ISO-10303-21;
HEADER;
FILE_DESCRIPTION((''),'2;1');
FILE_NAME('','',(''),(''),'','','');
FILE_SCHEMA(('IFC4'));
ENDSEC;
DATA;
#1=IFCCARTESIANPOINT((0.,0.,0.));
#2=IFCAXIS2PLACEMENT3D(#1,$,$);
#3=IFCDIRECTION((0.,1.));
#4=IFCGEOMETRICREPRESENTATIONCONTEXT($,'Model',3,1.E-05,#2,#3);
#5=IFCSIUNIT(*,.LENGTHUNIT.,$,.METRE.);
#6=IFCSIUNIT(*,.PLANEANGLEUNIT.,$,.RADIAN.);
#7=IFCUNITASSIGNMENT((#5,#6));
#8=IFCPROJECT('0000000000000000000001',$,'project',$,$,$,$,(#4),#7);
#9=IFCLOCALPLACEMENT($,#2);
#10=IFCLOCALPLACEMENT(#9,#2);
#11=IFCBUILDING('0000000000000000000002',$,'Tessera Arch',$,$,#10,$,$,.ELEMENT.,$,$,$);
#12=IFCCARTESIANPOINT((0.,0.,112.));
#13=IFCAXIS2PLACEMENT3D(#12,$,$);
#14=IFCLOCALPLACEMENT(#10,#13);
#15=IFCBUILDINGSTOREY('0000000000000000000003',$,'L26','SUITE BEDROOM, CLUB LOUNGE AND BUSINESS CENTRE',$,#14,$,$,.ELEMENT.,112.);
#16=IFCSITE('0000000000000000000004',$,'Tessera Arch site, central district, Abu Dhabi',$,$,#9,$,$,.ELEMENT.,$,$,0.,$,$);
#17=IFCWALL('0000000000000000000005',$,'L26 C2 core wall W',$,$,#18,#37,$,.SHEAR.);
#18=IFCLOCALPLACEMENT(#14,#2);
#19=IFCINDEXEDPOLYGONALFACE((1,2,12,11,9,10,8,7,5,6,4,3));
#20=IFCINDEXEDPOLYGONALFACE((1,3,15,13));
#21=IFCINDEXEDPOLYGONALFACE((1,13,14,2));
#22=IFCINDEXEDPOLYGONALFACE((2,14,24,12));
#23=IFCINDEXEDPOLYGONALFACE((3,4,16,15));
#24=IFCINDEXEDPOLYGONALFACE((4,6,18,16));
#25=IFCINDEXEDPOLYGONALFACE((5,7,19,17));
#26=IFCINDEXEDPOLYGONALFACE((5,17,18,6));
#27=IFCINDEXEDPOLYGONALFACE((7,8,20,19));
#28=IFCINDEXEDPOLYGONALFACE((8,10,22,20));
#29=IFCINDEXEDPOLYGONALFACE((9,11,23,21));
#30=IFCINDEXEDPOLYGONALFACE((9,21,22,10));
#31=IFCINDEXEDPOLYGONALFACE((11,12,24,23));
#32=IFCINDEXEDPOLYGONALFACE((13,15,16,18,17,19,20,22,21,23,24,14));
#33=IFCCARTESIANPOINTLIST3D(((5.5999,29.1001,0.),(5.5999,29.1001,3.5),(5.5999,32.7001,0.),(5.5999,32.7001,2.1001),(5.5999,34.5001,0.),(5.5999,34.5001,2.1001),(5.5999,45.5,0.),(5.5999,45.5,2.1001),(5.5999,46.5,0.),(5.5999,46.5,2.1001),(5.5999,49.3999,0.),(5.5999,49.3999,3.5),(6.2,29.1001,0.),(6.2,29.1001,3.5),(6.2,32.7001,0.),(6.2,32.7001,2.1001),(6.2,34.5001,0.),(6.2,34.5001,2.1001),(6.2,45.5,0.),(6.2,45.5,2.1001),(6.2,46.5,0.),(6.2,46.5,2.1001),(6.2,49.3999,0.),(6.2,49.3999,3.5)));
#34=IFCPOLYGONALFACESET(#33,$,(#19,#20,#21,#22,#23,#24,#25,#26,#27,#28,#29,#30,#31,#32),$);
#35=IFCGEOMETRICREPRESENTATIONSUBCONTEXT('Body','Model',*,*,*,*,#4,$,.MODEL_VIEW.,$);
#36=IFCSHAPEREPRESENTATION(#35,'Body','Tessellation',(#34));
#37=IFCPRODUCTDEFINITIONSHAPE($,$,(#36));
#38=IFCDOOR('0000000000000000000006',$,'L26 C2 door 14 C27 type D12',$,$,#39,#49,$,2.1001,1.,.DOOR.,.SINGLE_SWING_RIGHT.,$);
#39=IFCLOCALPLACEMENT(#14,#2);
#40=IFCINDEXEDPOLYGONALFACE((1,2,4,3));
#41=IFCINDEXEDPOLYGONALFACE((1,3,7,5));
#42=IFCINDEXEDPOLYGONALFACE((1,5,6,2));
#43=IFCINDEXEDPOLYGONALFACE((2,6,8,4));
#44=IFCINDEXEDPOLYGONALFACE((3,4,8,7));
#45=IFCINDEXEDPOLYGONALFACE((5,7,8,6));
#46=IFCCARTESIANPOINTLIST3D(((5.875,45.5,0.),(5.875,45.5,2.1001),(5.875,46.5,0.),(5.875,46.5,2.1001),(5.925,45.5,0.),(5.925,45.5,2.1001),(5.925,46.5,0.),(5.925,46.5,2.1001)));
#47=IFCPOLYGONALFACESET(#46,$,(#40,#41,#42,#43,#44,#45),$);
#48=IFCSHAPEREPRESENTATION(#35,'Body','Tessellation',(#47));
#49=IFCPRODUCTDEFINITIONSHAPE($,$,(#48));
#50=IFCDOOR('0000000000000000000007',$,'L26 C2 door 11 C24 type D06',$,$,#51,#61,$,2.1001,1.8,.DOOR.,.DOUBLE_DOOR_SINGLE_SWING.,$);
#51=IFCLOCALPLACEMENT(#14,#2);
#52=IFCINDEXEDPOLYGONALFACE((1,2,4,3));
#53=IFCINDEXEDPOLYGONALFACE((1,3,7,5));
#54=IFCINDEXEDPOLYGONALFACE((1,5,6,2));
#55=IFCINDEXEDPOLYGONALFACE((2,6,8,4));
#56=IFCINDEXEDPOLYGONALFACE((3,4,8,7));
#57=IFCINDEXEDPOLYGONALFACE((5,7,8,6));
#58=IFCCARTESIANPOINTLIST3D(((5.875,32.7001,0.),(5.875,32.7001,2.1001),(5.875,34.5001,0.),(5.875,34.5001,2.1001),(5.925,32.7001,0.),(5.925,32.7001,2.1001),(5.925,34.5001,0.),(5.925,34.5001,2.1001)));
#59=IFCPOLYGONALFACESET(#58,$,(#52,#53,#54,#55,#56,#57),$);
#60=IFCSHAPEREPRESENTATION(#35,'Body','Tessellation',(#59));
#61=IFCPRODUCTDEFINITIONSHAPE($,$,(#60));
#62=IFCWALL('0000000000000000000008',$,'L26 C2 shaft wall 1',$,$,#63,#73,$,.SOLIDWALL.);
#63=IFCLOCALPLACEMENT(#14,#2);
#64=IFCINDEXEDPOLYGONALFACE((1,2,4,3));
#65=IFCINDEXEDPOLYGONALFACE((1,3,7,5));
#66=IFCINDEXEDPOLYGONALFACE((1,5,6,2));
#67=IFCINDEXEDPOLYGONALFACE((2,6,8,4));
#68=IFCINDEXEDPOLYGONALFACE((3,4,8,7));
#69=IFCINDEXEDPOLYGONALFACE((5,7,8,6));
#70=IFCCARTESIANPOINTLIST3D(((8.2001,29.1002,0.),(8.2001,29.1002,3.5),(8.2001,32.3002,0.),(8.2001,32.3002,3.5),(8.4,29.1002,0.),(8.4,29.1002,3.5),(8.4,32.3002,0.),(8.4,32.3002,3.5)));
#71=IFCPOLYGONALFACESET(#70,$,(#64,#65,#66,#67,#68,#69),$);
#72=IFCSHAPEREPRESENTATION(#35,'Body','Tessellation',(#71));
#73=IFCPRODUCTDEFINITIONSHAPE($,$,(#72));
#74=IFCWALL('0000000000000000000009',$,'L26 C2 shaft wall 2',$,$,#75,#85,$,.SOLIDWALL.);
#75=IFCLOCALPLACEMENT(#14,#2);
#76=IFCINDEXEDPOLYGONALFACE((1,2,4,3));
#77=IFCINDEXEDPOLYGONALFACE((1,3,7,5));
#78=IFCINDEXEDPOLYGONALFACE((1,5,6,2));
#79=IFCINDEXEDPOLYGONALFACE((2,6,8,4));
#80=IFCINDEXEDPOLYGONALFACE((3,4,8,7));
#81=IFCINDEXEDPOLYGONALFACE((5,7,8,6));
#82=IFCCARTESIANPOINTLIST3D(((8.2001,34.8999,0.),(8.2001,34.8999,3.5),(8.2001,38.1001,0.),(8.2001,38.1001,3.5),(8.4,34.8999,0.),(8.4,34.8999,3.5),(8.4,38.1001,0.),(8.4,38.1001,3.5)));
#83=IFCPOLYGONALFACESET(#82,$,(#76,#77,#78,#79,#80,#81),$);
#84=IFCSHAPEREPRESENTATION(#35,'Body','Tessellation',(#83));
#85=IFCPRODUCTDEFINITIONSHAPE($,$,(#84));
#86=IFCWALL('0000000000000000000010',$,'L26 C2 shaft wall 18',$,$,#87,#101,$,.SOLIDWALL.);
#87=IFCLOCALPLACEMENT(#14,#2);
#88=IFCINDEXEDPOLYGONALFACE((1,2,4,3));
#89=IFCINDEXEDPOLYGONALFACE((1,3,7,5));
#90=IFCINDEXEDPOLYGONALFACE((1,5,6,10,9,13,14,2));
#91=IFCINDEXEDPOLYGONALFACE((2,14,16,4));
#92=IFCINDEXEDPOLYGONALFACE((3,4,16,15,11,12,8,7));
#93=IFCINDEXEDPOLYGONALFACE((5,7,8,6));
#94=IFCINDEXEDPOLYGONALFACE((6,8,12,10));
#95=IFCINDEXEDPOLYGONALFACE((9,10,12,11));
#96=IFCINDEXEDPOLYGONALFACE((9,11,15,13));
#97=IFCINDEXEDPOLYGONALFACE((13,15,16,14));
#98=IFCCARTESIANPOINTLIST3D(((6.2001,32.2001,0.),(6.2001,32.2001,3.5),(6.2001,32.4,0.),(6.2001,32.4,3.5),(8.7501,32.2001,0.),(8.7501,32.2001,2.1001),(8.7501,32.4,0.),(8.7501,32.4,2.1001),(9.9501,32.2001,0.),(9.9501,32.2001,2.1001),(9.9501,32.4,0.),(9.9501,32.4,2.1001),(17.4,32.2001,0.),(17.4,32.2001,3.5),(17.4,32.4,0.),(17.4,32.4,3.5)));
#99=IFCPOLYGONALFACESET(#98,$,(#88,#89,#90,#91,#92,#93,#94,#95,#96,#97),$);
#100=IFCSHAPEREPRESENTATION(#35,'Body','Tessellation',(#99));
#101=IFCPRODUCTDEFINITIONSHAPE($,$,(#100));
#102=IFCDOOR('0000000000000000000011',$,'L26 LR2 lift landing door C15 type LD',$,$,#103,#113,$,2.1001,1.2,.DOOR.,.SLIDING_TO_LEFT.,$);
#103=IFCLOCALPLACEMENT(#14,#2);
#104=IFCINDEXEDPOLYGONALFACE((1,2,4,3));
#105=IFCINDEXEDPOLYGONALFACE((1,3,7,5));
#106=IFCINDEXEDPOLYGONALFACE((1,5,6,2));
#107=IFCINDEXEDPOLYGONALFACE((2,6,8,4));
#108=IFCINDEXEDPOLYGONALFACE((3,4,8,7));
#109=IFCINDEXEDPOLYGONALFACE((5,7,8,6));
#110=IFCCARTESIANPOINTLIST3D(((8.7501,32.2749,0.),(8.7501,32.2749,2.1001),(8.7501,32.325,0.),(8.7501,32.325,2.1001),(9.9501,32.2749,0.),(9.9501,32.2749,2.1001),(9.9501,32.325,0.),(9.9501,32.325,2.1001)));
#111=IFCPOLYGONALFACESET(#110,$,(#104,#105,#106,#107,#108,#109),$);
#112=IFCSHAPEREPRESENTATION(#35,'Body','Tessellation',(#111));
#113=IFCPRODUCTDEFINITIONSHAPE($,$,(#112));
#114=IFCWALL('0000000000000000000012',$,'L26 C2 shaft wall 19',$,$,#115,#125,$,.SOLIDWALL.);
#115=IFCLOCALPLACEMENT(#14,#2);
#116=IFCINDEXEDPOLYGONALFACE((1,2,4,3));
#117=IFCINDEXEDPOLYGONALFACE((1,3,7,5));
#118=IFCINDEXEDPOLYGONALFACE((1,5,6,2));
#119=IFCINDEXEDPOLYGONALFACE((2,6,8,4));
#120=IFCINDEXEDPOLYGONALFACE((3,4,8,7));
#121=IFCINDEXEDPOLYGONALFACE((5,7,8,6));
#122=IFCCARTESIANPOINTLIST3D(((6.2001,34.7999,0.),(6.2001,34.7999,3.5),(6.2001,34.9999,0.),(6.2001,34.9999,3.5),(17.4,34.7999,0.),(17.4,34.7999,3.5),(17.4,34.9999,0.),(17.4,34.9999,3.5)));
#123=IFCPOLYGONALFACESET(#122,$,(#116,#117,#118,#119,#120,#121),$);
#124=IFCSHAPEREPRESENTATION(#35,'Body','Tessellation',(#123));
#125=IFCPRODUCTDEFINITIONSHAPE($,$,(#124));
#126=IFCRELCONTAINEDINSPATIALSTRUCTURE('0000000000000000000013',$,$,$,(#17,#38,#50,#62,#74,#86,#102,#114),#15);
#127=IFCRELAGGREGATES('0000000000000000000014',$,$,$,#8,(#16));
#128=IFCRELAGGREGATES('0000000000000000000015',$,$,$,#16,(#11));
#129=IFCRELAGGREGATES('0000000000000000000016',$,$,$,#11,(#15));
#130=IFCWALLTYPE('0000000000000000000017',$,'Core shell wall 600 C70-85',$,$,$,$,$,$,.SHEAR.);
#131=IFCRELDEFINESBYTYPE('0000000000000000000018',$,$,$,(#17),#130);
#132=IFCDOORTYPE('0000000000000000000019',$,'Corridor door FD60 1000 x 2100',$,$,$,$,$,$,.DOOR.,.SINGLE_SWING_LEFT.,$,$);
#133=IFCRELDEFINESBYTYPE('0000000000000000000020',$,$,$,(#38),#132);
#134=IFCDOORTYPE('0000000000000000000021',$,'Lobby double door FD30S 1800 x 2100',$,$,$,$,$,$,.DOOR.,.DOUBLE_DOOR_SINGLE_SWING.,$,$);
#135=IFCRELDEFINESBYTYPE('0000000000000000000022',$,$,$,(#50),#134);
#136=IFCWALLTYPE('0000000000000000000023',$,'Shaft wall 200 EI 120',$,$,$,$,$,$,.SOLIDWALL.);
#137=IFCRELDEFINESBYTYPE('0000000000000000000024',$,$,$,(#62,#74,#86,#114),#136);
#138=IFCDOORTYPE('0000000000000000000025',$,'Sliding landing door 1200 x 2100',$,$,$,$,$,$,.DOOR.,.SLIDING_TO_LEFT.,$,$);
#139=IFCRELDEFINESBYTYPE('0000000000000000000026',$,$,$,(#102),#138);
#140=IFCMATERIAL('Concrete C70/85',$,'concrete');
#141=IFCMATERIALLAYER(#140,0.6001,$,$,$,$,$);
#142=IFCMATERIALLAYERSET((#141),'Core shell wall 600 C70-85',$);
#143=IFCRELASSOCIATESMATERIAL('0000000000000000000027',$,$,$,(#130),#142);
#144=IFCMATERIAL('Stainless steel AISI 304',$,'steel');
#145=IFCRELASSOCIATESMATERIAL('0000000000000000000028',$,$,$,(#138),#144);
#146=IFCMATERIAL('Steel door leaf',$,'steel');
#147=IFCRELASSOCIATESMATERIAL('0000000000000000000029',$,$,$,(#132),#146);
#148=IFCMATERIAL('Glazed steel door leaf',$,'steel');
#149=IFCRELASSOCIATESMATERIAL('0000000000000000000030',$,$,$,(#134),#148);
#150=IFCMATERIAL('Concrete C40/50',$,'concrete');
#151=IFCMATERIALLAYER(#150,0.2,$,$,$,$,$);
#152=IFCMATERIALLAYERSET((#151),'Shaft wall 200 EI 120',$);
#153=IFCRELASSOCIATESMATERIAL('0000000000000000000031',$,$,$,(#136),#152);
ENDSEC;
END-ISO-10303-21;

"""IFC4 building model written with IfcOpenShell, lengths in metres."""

from ifc_helpers import new_model, si_unit, direction, frame, frame_2d, origin, place, context, subcontext, project, spatial, rectangle, extrude, material, layer, layer_set, type_object, element, fill, save


model = new_model("IFC4")

# Units and contexts
model_context = context("Model", 3, precision=1e-05, world=origin(), true_north=direction((0.0, 1.0)))
body_context = subcontext(model_context, "Body", "Model", "MODEL_VIEW")
ifc_project = project(units=[si_unit("LENGTHUNIT", "METRE"), si_unit("PLANEANGLEUNIT", "RADIAN")], contexts=[model_context])

# Site, building, storey
site_placement = place(None, origin())
site = spatial("IfcSite", under=ifc_project, at=site_placement, Name="Tessera Arch site, central district, Abu Dhabi", CompositionType="ELEMENT", RefElevation=0.0)
building_placement = place(site_placement, origin())
building = spatial("IfcBuilding", under=site, at=building_placement, Name="Tessera Arch", CompositionType="ELEMENT")
storey_placement = place(building_placement, frame((0.0, 0.0, 112.0)))
storey = spatial("IfcBuildingStorey", under=building, at=storey_placement, Name="L26", Description="SUITE BEDROOM, CLUB LOUNGE AND BUSINESS CENTRE", CompositionType="ELEMENT", Elevation=112.0)

# Wall, openings, doors
ifc_material_1 = material(Name="Concrete C70/85", Category="concrete")
ifc_layer_1 = layer(ifc_material_1, 0.6001)
ifc_layer_set_1 = layer_set([ifc_layer_1], Name="Core shell wall 600 C70-85")
wall_type_1 = type_object("IfcWallType", Name="Core shell wall 600 C70-85", PredefinedType="SHEAR", material=ifc_layer_set_1)
ifc_material_2 = material(Name="Stainless steel AISI 304", Category="steel")
door_type_1 = type_object("IfcDoorType", Name="Sliding landing door 1200 x 2100", OperationType="SLIDING_TO_LEFT", PredefinedType="DOOR", material=ifc_material_2)
wall_1_placement = place(storey_placement, frame((5.8999, 29.1001, 0.0), z_axis=(0.0, 0.0, 1.0), x_axis=(0.0, 1.0, 0.0)))
wall_1 = element("IfcWall", 1, at=wall_1_placement, inside=storey, type_object=wall_type_1, Name="L26 C2 core wall W", PredefinedType="SHEAR", context=body_context, shape_type="SweptSolid", body=[
    extrude(rectangle(XDim=20.2998, YDim=0.6001, at=frame_2d((10.1499, 0.0))), origin(), (0.0, 0.0, 1.0), 3.5),
])
opening_1_placement = place(wall_1_placement, frame((3.6001, 0.0, 0.0)))
opening_1 = element("IfcOpeningElement", 2, at=opening_1_placement, cuts=wall_1, PredefinedType="OPENING", context=body_context, shape_type="SweptSolid", body=[
    extrude(rectangle(XDim=1.8, YDim=2.1001, at=frame_2d((0.8999, 1.05))), frame((0.0, 0.3101, 0.0), z_axis=(0.0, -1.0, 0.0), x_axis=(1.0, 0.0, 0.0)), (0.0, 0.0, 1.0), 0.6201),
])
opening_2_placement = place(wall_1_placement, frame((16.3999, 0.0, 0.0)))
opening_2 = element("IfcOpeningElement", 3, at=opening_2_placement, cuts=wall_1, PredefinedType="OPENING", context=body_context, shape_type="SweptSolid", body=[
    extrude(rectangle(XDim=1.0, YDim=2.1001, at=frame_2d((0.5, 1.05))), frame((0.0, 0.3101, 0.0), z_axis=(0.0, -1.0, 0.0), x_axis=(1.0, 0.0, 0.0)), (0.0, 0.0, 1.0), 0.6201),
])
ifc_material_3 = material(Name="Steel door leaf", Category="steel")
door_type_2 = type_object("IfcDoorType", Name="Corridor door FD60 1000 x 2100", OperationType="SINGLE_SWING_LEFT", PredefinedType="DOOR", material=ifc_material_3)
door_1_placement = place(opening_2_placement, origin())
door_1 = element("IfcDoor", 4, at=door_1_placement, inside=storey, type_object=door_type_2, Name="L26 C2 door 14 C27 type D12", OperationType="SINGLE_SWING_RIGHT", OverallHeight=2.1001, OverallWidth=1.0, PredefinedType="DOOR", context=body_context, shape_type="SweptSolid", body=[
    extrude(rectangle(XDim=1.0, YDim=2.1001, at=frame_2d((0.5, 1.05))), frame((0.0, 0.0249, 0.0), z_axis=(0.0, -1.0, 0.0), x_axis=(1.0, 0.0, 0.0)), (0.0, 0.0, 1.0), 0.05),
])
fill(opening_2, door_1)
ifc_material_4 = material(Name="Glazed steel door leaf", Category="steel")
door_type_3 = type_object("IfcDoorType", Name="Lobby double door FD30S 1800 x 2100", OperationType="DOUBLE_DOOR_SINGLE_SWING", PredefinedType="DOOR", material=ifc_material_4)
door_2_placement = place(opening_1_placement, origin())
door_2 = element("IfcDoor", 5, at=door_2_placement, inside=storey, type_object=door_type_3, Name="L26 C2 door 11 C24 type D06", OperationType="DOUBLE_DOOR_SINGLE_SWING", OverallHeight=2.1001, OverallWidth=1.8, PredefinedType="DOOR", context=body_context, shape_type="SweptSolid", body=[
    extrude(rectangle(XDim=1.8, YDim=2.1001, at=frame_2d((0.8999, 1.05))), frame((0.0, 0.0249, 0.0), z_axis=(0.0, -1.0, 0.0), x_axis=(1.0, 0.0, 0.0)), (0.0, 0.0, 1.0), 0.05),
])
fill(opening_1, door_2)

# Walls
ifc_material_5 = material(Name="Concrete C40/50", Category="concrete")
ifc_layer_2 = layer(ifc_material_5, 0.2)
ifc_layer_set_2 = layer_set([ifc_layer_2], Name="Shaft wall 200 EI 120")
wall_type_2 = type_object("IfcWallType", Name="Shaft wall 200 EI 120", PredefinedType="SOLIDWALL", material=ifc_layer_set_2)
wall_2_placement = place(storey_placement, frame((8.3, 29.1001, 0.0), z_axis=(0.0, 0.0, 1.0), x_axis=(0.0, 1.0, 0.0)))
element("IfcWall", 6, at=wall_2_placement, inside=storey, type_object=wall_type_2, Name="L26 C2 shaft wall 1", PredefinedType="SOLIDWALL", context=body_context, shape_type="SweptSolid", body=[
    extrude(rectangle(XDim=3.2, YDim=0.2, at=frame_2d((1.6001, 0.0))), origin(), (0.0, 0.0, 1.0), 3.5),
])
wall_3_placement = place(storey_placement, frame((8.3, 34.8999, 0.0), z_axis=(0.0, 0.0, 1.0), x_axis=(0.0, 1.0, 0.0)))
element("IfcWall", 7, at=wall_3_placement, inside=storey, type_object=wall_type_2, Name="L26 C2 shaft wall 2", PredefinedType="SOLIDWALL", context=body_context, shape_type="SweptSolid", body=[
    extrude(rectangle(XDim=3.2002, YDim=0.2, at=frame_2d((1.6001, 0.0))), origin(), (0.0, 0.0, 1.0), 3.5),
])

# Wall, opening, door
wall_4_placement = place(storey_placement, frame((6.2, 32.3, 0.0), z_axis=(0.0, 0.0, 1.0), x_axis=(1.0, 0.0, 0.0)))
wall_4 = element("IfcWall", 8, at=wall_4_placement, inside=storey, type_object=wall_type_2, Name="L26 C2 shaft wall 18", PredefinedType="SOLIDWALL", context=body_context, shape_type="SweptSolid", body=[
    extrude(rectangle(XDim=11.2, YDim=0.2, at=frame_2d((5.6001, 0.0))), origin(), (0.0, 0.0, 1.0), 3.5),
])
opening_3_placement = place(wall_4_placement, frame((2.55, 0.0, 0.0)))
opening_3 = element("IfcOpeningElement", 9, at=opening_3_placement, cuts=wall_4, PredefinedType="OPENING", context=body_context, shape_type="SweptSolid", body=[
    extrude(rectangle(XDim=1.2, YDim=2.1001, at=frame_2d((0.6001, 1.05))), frame((0.0, 0.1099, 0.0), z_axis=(0.0, -1.0, 0.0), x_axis=(1.0, 0.0, 0.0)), (0.0, 0.0, 1.0), 0.22),
])
door_3_placement = place(opening_3_placement, origin())
door_3 = element("IfcDoor", 10, at=door_3_placement, inside=storey, type_object=door_type_1, Name="L26 LR2 lift landing door C15 type LD", OperationType="SLIDING_TO_LEFT", OverallHeight=2.1001, OverallWidth=1.2, PredefinedType="DOOR", context=body_context, shape_type="SweptSolid", body=[
    extrude(rectangle(XDim=1.2, YDim=2.1001, at=frame_2d((0.6001, 1.05))), frame((0.0, 0.0249, 0.0), z_axis=(0.0, -1.0, 0.0), x_axis=(1.0, 0.0, 0.0)), (0.0, 0.0, 1.0), 0.05),
])
fill(opening_3, door_3)

# Wall
wall_5_placement = place(storey_placement, frame((6.2, 34.8999, 0.0), z_axis=(0.0, 0.0, 1.0), x_axis=(1.0, 0.0, 0.0)))
element("IfcWall", 11, at=wall_5_placement, inside=storey, type_object=wall_type_2, Name="L26 C2 shaft wall 19", PredefinedType="SOLIDWALL", context=body_context, shape_type="SweptSolid", body=[
    extrude(rectangle(XDim=11.2, YDim=0.2, at=frame_2d((5.6001, 0.0))), origin(), (0.0, 0.0, 1.0), 3.5),
])

save(model, "model.ifc")
